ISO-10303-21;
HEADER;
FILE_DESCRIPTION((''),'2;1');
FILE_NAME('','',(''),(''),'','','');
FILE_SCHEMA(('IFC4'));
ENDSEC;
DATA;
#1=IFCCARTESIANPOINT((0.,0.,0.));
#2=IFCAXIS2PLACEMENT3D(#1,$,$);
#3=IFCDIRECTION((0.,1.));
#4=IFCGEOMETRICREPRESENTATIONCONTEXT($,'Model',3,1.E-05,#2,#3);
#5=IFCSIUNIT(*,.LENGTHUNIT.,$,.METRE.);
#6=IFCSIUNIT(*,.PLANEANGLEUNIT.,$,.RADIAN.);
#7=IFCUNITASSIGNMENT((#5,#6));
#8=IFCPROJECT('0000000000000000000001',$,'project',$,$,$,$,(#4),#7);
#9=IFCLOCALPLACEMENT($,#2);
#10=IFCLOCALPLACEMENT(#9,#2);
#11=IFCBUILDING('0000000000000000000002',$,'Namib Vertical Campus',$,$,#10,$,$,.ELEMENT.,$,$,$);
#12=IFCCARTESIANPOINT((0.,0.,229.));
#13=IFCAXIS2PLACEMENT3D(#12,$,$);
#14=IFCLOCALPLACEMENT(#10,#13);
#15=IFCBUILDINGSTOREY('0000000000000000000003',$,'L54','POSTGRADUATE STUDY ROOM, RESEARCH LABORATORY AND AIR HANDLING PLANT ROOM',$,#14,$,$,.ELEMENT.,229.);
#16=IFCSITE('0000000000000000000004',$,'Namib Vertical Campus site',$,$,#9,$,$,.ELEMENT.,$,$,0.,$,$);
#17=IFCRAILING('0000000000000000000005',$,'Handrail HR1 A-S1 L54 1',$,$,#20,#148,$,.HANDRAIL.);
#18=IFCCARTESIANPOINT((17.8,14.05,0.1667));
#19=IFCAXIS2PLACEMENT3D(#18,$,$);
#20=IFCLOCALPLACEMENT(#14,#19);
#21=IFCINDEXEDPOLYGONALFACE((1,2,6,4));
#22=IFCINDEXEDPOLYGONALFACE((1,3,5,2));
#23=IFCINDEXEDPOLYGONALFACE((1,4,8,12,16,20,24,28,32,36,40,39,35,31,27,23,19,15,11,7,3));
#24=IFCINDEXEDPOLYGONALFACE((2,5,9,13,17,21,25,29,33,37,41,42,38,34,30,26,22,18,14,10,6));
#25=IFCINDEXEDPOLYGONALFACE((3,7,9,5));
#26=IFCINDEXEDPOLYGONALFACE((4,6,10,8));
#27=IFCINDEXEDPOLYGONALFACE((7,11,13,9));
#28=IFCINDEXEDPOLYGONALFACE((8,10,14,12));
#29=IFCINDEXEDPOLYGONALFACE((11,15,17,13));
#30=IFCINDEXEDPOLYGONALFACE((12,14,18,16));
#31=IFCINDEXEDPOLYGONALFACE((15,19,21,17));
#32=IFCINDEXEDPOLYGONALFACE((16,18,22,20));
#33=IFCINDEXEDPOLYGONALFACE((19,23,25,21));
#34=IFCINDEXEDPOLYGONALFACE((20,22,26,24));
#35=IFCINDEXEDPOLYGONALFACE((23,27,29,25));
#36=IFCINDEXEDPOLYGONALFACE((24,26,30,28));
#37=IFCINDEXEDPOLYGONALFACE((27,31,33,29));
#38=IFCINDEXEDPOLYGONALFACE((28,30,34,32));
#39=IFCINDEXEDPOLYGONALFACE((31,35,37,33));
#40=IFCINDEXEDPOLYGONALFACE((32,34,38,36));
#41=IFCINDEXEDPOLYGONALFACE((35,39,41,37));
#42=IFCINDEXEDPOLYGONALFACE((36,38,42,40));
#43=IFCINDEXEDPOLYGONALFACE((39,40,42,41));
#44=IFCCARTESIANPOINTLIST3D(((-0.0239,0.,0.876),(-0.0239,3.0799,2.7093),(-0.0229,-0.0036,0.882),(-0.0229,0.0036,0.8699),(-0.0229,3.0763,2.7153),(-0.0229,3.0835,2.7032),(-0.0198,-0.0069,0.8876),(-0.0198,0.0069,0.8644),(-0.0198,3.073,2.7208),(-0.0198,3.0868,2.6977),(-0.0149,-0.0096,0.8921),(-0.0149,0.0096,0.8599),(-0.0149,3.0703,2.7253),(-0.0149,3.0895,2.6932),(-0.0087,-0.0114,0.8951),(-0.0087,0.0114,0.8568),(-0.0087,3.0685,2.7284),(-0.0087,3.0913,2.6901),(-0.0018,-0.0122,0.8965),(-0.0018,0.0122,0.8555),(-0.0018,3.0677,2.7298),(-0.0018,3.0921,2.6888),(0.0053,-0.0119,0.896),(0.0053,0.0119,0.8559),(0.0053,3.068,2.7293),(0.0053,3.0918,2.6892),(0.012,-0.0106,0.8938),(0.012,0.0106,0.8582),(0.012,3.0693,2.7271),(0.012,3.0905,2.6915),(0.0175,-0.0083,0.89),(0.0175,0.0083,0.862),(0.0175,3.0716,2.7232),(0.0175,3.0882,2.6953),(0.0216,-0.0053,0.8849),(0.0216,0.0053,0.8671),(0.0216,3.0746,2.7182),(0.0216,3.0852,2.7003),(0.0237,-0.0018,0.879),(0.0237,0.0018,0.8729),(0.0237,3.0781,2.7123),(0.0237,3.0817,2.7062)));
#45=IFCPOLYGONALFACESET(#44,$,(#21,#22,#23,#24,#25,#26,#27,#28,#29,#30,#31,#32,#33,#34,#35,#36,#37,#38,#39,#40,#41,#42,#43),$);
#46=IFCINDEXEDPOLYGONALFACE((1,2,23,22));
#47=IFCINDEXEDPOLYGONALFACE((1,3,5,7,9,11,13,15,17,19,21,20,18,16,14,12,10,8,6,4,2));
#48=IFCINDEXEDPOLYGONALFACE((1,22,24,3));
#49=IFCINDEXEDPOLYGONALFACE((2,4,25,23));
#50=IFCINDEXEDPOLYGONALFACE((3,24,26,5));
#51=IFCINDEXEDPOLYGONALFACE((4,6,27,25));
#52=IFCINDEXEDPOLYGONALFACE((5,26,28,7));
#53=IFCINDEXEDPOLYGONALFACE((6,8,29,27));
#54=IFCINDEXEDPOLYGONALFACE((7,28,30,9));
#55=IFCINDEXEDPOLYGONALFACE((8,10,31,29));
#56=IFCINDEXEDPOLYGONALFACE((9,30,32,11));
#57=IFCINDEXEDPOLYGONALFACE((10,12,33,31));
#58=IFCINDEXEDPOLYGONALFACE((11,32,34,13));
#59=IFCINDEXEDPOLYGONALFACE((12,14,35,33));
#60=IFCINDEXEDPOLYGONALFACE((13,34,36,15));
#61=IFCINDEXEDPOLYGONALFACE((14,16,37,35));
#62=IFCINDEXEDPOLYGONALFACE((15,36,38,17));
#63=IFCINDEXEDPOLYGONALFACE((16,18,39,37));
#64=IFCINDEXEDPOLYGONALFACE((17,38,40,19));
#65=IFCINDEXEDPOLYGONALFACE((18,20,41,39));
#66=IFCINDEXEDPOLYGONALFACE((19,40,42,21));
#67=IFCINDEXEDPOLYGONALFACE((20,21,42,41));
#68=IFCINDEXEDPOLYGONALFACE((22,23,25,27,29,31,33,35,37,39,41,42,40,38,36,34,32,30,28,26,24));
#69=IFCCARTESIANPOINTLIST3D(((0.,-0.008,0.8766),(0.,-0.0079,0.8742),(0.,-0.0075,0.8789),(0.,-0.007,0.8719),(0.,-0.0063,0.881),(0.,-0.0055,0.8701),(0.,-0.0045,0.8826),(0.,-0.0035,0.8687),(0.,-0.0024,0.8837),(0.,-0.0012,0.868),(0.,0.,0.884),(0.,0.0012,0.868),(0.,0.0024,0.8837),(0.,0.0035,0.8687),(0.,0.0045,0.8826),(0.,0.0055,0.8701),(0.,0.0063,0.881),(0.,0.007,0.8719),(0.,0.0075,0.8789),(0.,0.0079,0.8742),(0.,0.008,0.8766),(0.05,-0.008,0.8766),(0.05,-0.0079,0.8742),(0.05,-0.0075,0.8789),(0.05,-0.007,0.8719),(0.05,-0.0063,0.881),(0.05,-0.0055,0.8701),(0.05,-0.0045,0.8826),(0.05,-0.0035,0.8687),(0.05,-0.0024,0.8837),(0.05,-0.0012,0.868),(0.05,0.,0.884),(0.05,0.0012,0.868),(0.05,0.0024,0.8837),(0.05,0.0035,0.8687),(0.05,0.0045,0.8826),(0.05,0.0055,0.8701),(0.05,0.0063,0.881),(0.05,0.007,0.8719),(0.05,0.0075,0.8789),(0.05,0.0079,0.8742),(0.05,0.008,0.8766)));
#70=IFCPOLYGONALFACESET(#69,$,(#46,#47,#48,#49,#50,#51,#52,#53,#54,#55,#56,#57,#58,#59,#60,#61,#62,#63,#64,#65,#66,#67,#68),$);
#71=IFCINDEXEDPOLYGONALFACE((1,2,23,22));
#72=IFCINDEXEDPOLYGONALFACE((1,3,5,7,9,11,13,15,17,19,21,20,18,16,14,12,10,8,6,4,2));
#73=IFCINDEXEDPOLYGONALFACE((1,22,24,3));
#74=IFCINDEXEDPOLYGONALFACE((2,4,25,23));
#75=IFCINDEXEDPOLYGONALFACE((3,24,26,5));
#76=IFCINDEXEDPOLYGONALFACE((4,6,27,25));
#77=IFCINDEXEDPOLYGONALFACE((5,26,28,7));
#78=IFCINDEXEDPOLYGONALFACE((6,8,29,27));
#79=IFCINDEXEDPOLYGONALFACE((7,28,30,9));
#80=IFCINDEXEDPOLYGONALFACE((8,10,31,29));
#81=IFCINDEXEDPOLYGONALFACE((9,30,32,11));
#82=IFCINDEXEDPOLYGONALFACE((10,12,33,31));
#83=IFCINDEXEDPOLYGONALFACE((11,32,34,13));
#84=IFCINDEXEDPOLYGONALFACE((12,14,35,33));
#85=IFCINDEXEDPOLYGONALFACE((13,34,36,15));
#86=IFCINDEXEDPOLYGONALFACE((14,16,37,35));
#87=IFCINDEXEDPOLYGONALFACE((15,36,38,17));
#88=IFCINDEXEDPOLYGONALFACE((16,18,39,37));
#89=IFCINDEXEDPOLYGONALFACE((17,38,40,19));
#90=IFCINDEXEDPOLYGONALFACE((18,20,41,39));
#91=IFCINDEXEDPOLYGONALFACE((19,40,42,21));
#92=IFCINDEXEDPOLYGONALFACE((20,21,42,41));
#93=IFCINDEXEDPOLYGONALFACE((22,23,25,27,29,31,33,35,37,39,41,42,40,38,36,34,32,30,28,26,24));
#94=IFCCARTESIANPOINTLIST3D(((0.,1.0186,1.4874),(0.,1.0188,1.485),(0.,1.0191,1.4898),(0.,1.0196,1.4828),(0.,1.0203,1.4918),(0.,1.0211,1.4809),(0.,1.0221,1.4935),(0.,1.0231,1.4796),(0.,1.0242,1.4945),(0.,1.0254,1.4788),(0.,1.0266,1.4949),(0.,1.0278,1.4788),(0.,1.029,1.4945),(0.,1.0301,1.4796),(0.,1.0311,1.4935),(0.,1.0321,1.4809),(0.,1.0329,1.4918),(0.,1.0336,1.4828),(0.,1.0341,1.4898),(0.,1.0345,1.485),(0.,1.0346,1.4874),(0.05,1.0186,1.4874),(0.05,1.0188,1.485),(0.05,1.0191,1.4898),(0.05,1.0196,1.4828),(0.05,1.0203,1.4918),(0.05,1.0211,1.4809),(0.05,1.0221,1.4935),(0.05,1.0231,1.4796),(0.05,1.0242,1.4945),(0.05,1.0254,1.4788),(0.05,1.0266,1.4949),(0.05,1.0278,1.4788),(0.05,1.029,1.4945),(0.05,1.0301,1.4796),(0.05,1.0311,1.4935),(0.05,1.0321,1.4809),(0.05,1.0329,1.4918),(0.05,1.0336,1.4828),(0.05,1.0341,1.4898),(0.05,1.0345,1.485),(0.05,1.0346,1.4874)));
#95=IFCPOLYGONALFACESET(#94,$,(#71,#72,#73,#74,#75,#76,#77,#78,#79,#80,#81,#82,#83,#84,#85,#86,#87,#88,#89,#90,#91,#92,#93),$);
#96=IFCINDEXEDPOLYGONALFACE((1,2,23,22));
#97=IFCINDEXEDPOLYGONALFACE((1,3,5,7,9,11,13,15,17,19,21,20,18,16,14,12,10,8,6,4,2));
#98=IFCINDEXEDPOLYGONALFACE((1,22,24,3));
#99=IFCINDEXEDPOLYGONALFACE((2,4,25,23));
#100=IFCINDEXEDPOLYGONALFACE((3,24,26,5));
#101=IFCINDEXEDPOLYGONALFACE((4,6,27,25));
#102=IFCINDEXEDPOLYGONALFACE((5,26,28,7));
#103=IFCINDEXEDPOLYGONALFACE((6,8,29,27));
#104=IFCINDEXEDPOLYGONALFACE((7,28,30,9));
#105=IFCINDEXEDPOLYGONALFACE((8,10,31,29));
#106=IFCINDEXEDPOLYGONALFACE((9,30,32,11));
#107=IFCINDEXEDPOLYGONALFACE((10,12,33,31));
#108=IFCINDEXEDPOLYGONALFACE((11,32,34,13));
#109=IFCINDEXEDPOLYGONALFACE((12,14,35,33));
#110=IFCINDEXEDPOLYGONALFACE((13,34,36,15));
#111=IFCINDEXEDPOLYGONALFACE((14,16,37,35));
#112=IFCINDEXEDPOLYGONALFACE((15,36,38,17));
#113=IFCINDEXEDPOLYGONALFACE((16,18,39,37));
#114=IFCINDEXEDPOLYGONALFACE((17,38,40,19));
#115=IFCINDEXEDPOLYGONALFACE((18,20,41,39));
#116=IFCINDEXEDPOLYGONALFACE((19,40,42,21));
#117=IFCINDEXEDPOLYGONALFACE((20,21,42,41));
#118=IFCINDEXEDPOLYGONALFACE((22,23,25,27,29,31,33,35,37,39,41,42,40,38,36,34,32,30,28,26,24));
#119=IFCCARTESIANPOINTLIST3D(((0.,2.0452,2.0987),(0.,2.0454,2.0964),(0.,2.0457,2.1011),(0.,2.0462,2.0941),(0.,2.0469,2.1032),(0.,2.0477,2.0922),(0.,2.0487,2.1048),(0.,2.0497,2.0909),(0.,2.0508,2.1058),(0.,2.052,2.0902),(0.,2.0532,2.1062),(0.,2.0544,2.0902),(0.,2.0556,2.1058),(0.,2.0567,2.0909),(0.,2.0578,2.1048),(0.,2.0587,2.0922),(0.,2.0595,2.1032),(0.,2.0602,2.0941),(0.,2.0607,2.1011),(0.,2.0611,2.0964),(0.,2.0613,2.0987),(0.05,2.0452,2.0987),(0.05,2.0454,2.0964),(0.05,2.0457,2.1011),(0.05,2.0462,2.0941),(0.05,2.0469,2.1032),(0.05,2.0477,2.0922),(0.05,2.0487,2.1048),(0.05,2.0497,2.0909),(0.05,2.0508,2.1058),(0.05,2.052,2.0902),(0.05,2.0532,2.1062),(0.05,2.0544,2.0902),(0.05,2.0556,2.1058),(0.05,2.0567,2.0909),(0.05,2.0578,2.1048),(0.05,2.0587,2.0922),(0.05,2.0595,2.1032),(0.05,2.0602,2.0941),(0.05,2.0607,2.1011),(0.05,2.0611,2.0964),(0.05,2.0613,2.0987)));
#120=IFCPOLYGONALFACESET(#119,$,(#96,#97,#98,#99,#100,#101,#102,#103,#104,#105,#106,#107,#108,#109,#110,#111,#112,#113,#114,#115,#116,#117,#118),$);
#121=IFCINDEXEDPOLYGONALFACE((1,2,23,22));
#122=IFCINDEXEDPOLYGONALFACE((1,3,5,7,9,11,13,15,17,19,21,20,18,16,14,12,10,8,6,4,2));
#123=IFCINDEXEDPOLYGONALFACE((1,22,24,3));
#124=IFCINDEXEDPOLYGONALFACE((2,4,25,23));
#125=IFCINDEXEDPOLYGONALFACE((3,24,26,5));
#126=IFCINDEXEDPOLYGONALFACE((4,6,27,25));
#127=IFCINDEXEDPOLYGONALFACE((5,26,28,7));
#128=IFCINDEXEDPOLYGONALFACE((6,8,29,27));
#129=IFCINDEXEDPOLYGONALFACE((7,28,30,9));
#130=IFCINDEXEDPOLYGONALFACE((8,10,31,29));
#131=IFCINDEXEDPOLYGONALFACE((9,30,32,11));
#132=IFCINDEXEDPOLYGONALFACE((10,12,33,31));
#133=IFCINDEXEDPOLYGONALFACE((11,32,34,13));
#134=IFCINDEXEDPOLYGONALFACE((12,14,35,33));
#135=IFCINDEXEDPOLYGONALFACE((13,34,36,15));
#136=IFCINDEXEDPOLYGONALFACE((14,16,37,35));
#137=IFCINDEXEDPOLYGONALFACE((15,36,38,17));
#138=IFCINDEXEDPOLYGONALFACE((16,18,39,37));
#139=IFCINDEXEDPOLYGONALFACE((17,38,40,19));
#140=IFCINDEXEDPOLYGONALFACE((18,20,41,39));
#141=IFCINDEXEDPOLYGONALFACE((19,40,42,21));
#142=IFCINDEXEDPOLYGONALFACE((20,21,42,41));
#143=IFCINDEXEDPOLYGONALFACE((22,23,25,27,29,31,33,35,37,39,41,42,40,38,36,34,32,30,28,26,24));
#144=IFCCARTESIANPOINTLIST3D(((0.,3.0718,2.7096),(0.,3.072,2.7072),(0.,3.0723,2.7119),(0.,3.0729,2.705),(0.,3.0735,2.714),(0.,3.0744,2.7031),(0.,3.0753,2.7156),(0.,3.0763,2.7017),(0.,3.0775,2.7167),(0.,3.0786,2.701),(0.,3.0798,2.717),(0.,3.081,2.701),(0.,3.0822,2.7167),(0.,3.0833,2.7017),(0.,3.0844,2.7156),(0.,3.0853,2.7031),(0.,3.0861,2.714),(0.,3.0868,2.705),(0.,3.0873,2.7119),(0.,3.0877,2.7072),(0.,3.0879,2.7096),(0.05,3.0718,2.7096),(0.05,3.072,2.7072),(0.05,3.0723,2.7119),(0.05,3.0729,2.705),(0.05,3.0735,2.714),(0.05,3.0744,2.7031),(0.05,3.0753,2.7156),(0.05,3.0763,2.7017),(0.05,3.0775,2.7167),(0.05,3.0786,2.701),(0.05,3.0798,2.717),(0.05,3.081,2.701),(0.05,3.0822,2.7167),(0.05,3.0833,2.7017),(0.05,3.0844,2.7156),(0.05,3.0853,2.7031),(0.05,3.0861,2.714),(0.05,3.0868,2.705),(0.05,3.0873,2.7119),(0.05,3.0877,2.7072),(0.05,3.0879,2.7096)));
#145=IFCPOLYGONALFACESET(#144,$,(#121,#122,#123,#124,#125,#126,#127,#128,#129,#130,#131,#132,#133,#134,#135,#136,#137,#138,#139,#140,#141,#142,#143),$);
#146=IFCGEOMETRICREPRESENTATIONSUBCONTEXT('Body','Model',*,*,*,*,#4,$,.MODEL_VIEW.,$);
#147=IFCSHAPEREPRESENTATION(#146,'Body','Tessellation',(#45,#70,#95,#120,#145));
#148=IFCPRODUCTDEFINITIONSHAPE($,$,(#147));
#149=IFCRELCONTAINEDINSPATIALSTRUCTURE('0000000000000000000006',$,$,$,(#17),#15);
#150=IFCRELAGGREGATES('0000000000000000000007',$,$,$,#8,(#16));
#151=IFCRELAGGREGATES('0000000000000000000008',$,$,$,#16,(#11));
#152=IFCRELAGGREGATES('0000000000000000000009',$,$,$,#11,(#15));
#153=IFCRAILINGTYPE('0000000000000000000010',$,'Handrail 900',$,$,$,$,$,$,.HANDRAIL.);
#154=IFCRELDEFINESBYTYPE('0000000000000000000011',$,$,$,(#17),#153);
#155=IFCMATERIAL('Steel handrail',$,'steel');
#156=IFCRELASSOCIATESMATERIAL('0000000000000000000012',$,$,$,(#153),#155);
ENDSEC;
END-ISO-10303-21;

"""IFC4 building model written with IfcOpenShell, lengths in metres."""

from ifc_helpers import new_model, si_unit, direction, frame, origin, origin_2d, place, context, subcontext, project, spatial, circle, extrude, material, type_object, element, save


model = new_model("IFC4")

# Units and contexts
model_context = context("Model", 3, precision=1e-05, world=origin(), true_north=direction((0.0, 1.0)))
body_context = subcontext(model_context, "Body", "Model", "MODEL_VIEW")
ifc_project = project(units=[si_unit("LENGTHUNIT", "METRE"), si_unit("PLANEANGLEUNIT", "RADIAN")], contexts=[model_context])

# Site, building, storey
site_placement = place(None, origin())
site = spatial("IfcSite", under=ifc_project, at=site_placement, Name="Namib Vertical Campus site", CompositionType="ELEMENT", RefElevation=0.0)
building_placement = place(site_placement, origin())
building = spatial("IfcBuilding", under=site, at=building_placement, Name="Namib Vertical Campus", CompositionType="ELEMENT")
storey_placement = place(building_placement, frame((0.0, 0.0, 229.0)))
storey = spatial("IfcBuildingStorey", under=building, at=storey_placement, Name="L54", Description="POSTGRADUATE STUDY ROOM, RESEARCH LABORATORY AND AIR HANDLING PLANT ROOM", CompositionType="ELEMENT", Elevation=229.0)

# Railing
ifc_material_1 = material(Name="Steel handrail", Category="steel")
railing_type_1 = type_object("IfcRailingType", Name="Handrail 900", PredefinedType="HANDRAIL", material=ifc_material_1)
railing_1_placement = place(storey_placement, frame((17.8, 14.05, 0.1667)))
element("IfcRailing", 1, at=railing_1_placement, inside=storey, type_object=railing_type_1, Name="Handrail HR1 A-S1 L54 1", PredefinedType="HANDRAIL", context=body_context, shape_type="SweptSolid", body=[
    extrude(circle(Radius=0.0239, at=origin_2d()), frame((0.0, 0.0, 0.876), z_axis=(0.0, 0.859291, 0.511487), x_axis=(-1.0, 0.0, 0.0)), (0.0, 0.0, 1.0), 3.5842),
    extrude(circle(Radius=0.0081, at=origin_2d()), frame((0.0, 0.0, 0.876), z_axis=(1.0, 0.0, 0.0), x_axis=(0.0, 0.0, 1.0)), (0.0, 0.0, 1.0), 0.05),
    extrude(circle(Radius=0.0081, at=origin_2d()), frame((0.0, 1.0266, 1.4868), z_axis=(1.0, 0.0, 0.0), x_axis=(0.0, 0.0, 1.0)), (0.0, 0.0, 1.0), 0.05),
    extrude(circle(Radius=0.0081, at=origin_2d()), frame((0.0, 2.0532, 2.0981), z_axis=(1.0, 0.0, 0.0), x_axis=(0.0, 0.0, 1.0)), (0.0, 0.0, 1.0), 0.05),
    extrude(circle(Radius=0.0081, at=origin_2d()), frame((0.0, 3.0798, 2.709), z_axis=(1.0, 0.0, 0.0), x_axis=(0.0, 0.0, 1.0)), (0.0, 0.0, 1.0), 0.05),
])

save(model, "model.ifc")
